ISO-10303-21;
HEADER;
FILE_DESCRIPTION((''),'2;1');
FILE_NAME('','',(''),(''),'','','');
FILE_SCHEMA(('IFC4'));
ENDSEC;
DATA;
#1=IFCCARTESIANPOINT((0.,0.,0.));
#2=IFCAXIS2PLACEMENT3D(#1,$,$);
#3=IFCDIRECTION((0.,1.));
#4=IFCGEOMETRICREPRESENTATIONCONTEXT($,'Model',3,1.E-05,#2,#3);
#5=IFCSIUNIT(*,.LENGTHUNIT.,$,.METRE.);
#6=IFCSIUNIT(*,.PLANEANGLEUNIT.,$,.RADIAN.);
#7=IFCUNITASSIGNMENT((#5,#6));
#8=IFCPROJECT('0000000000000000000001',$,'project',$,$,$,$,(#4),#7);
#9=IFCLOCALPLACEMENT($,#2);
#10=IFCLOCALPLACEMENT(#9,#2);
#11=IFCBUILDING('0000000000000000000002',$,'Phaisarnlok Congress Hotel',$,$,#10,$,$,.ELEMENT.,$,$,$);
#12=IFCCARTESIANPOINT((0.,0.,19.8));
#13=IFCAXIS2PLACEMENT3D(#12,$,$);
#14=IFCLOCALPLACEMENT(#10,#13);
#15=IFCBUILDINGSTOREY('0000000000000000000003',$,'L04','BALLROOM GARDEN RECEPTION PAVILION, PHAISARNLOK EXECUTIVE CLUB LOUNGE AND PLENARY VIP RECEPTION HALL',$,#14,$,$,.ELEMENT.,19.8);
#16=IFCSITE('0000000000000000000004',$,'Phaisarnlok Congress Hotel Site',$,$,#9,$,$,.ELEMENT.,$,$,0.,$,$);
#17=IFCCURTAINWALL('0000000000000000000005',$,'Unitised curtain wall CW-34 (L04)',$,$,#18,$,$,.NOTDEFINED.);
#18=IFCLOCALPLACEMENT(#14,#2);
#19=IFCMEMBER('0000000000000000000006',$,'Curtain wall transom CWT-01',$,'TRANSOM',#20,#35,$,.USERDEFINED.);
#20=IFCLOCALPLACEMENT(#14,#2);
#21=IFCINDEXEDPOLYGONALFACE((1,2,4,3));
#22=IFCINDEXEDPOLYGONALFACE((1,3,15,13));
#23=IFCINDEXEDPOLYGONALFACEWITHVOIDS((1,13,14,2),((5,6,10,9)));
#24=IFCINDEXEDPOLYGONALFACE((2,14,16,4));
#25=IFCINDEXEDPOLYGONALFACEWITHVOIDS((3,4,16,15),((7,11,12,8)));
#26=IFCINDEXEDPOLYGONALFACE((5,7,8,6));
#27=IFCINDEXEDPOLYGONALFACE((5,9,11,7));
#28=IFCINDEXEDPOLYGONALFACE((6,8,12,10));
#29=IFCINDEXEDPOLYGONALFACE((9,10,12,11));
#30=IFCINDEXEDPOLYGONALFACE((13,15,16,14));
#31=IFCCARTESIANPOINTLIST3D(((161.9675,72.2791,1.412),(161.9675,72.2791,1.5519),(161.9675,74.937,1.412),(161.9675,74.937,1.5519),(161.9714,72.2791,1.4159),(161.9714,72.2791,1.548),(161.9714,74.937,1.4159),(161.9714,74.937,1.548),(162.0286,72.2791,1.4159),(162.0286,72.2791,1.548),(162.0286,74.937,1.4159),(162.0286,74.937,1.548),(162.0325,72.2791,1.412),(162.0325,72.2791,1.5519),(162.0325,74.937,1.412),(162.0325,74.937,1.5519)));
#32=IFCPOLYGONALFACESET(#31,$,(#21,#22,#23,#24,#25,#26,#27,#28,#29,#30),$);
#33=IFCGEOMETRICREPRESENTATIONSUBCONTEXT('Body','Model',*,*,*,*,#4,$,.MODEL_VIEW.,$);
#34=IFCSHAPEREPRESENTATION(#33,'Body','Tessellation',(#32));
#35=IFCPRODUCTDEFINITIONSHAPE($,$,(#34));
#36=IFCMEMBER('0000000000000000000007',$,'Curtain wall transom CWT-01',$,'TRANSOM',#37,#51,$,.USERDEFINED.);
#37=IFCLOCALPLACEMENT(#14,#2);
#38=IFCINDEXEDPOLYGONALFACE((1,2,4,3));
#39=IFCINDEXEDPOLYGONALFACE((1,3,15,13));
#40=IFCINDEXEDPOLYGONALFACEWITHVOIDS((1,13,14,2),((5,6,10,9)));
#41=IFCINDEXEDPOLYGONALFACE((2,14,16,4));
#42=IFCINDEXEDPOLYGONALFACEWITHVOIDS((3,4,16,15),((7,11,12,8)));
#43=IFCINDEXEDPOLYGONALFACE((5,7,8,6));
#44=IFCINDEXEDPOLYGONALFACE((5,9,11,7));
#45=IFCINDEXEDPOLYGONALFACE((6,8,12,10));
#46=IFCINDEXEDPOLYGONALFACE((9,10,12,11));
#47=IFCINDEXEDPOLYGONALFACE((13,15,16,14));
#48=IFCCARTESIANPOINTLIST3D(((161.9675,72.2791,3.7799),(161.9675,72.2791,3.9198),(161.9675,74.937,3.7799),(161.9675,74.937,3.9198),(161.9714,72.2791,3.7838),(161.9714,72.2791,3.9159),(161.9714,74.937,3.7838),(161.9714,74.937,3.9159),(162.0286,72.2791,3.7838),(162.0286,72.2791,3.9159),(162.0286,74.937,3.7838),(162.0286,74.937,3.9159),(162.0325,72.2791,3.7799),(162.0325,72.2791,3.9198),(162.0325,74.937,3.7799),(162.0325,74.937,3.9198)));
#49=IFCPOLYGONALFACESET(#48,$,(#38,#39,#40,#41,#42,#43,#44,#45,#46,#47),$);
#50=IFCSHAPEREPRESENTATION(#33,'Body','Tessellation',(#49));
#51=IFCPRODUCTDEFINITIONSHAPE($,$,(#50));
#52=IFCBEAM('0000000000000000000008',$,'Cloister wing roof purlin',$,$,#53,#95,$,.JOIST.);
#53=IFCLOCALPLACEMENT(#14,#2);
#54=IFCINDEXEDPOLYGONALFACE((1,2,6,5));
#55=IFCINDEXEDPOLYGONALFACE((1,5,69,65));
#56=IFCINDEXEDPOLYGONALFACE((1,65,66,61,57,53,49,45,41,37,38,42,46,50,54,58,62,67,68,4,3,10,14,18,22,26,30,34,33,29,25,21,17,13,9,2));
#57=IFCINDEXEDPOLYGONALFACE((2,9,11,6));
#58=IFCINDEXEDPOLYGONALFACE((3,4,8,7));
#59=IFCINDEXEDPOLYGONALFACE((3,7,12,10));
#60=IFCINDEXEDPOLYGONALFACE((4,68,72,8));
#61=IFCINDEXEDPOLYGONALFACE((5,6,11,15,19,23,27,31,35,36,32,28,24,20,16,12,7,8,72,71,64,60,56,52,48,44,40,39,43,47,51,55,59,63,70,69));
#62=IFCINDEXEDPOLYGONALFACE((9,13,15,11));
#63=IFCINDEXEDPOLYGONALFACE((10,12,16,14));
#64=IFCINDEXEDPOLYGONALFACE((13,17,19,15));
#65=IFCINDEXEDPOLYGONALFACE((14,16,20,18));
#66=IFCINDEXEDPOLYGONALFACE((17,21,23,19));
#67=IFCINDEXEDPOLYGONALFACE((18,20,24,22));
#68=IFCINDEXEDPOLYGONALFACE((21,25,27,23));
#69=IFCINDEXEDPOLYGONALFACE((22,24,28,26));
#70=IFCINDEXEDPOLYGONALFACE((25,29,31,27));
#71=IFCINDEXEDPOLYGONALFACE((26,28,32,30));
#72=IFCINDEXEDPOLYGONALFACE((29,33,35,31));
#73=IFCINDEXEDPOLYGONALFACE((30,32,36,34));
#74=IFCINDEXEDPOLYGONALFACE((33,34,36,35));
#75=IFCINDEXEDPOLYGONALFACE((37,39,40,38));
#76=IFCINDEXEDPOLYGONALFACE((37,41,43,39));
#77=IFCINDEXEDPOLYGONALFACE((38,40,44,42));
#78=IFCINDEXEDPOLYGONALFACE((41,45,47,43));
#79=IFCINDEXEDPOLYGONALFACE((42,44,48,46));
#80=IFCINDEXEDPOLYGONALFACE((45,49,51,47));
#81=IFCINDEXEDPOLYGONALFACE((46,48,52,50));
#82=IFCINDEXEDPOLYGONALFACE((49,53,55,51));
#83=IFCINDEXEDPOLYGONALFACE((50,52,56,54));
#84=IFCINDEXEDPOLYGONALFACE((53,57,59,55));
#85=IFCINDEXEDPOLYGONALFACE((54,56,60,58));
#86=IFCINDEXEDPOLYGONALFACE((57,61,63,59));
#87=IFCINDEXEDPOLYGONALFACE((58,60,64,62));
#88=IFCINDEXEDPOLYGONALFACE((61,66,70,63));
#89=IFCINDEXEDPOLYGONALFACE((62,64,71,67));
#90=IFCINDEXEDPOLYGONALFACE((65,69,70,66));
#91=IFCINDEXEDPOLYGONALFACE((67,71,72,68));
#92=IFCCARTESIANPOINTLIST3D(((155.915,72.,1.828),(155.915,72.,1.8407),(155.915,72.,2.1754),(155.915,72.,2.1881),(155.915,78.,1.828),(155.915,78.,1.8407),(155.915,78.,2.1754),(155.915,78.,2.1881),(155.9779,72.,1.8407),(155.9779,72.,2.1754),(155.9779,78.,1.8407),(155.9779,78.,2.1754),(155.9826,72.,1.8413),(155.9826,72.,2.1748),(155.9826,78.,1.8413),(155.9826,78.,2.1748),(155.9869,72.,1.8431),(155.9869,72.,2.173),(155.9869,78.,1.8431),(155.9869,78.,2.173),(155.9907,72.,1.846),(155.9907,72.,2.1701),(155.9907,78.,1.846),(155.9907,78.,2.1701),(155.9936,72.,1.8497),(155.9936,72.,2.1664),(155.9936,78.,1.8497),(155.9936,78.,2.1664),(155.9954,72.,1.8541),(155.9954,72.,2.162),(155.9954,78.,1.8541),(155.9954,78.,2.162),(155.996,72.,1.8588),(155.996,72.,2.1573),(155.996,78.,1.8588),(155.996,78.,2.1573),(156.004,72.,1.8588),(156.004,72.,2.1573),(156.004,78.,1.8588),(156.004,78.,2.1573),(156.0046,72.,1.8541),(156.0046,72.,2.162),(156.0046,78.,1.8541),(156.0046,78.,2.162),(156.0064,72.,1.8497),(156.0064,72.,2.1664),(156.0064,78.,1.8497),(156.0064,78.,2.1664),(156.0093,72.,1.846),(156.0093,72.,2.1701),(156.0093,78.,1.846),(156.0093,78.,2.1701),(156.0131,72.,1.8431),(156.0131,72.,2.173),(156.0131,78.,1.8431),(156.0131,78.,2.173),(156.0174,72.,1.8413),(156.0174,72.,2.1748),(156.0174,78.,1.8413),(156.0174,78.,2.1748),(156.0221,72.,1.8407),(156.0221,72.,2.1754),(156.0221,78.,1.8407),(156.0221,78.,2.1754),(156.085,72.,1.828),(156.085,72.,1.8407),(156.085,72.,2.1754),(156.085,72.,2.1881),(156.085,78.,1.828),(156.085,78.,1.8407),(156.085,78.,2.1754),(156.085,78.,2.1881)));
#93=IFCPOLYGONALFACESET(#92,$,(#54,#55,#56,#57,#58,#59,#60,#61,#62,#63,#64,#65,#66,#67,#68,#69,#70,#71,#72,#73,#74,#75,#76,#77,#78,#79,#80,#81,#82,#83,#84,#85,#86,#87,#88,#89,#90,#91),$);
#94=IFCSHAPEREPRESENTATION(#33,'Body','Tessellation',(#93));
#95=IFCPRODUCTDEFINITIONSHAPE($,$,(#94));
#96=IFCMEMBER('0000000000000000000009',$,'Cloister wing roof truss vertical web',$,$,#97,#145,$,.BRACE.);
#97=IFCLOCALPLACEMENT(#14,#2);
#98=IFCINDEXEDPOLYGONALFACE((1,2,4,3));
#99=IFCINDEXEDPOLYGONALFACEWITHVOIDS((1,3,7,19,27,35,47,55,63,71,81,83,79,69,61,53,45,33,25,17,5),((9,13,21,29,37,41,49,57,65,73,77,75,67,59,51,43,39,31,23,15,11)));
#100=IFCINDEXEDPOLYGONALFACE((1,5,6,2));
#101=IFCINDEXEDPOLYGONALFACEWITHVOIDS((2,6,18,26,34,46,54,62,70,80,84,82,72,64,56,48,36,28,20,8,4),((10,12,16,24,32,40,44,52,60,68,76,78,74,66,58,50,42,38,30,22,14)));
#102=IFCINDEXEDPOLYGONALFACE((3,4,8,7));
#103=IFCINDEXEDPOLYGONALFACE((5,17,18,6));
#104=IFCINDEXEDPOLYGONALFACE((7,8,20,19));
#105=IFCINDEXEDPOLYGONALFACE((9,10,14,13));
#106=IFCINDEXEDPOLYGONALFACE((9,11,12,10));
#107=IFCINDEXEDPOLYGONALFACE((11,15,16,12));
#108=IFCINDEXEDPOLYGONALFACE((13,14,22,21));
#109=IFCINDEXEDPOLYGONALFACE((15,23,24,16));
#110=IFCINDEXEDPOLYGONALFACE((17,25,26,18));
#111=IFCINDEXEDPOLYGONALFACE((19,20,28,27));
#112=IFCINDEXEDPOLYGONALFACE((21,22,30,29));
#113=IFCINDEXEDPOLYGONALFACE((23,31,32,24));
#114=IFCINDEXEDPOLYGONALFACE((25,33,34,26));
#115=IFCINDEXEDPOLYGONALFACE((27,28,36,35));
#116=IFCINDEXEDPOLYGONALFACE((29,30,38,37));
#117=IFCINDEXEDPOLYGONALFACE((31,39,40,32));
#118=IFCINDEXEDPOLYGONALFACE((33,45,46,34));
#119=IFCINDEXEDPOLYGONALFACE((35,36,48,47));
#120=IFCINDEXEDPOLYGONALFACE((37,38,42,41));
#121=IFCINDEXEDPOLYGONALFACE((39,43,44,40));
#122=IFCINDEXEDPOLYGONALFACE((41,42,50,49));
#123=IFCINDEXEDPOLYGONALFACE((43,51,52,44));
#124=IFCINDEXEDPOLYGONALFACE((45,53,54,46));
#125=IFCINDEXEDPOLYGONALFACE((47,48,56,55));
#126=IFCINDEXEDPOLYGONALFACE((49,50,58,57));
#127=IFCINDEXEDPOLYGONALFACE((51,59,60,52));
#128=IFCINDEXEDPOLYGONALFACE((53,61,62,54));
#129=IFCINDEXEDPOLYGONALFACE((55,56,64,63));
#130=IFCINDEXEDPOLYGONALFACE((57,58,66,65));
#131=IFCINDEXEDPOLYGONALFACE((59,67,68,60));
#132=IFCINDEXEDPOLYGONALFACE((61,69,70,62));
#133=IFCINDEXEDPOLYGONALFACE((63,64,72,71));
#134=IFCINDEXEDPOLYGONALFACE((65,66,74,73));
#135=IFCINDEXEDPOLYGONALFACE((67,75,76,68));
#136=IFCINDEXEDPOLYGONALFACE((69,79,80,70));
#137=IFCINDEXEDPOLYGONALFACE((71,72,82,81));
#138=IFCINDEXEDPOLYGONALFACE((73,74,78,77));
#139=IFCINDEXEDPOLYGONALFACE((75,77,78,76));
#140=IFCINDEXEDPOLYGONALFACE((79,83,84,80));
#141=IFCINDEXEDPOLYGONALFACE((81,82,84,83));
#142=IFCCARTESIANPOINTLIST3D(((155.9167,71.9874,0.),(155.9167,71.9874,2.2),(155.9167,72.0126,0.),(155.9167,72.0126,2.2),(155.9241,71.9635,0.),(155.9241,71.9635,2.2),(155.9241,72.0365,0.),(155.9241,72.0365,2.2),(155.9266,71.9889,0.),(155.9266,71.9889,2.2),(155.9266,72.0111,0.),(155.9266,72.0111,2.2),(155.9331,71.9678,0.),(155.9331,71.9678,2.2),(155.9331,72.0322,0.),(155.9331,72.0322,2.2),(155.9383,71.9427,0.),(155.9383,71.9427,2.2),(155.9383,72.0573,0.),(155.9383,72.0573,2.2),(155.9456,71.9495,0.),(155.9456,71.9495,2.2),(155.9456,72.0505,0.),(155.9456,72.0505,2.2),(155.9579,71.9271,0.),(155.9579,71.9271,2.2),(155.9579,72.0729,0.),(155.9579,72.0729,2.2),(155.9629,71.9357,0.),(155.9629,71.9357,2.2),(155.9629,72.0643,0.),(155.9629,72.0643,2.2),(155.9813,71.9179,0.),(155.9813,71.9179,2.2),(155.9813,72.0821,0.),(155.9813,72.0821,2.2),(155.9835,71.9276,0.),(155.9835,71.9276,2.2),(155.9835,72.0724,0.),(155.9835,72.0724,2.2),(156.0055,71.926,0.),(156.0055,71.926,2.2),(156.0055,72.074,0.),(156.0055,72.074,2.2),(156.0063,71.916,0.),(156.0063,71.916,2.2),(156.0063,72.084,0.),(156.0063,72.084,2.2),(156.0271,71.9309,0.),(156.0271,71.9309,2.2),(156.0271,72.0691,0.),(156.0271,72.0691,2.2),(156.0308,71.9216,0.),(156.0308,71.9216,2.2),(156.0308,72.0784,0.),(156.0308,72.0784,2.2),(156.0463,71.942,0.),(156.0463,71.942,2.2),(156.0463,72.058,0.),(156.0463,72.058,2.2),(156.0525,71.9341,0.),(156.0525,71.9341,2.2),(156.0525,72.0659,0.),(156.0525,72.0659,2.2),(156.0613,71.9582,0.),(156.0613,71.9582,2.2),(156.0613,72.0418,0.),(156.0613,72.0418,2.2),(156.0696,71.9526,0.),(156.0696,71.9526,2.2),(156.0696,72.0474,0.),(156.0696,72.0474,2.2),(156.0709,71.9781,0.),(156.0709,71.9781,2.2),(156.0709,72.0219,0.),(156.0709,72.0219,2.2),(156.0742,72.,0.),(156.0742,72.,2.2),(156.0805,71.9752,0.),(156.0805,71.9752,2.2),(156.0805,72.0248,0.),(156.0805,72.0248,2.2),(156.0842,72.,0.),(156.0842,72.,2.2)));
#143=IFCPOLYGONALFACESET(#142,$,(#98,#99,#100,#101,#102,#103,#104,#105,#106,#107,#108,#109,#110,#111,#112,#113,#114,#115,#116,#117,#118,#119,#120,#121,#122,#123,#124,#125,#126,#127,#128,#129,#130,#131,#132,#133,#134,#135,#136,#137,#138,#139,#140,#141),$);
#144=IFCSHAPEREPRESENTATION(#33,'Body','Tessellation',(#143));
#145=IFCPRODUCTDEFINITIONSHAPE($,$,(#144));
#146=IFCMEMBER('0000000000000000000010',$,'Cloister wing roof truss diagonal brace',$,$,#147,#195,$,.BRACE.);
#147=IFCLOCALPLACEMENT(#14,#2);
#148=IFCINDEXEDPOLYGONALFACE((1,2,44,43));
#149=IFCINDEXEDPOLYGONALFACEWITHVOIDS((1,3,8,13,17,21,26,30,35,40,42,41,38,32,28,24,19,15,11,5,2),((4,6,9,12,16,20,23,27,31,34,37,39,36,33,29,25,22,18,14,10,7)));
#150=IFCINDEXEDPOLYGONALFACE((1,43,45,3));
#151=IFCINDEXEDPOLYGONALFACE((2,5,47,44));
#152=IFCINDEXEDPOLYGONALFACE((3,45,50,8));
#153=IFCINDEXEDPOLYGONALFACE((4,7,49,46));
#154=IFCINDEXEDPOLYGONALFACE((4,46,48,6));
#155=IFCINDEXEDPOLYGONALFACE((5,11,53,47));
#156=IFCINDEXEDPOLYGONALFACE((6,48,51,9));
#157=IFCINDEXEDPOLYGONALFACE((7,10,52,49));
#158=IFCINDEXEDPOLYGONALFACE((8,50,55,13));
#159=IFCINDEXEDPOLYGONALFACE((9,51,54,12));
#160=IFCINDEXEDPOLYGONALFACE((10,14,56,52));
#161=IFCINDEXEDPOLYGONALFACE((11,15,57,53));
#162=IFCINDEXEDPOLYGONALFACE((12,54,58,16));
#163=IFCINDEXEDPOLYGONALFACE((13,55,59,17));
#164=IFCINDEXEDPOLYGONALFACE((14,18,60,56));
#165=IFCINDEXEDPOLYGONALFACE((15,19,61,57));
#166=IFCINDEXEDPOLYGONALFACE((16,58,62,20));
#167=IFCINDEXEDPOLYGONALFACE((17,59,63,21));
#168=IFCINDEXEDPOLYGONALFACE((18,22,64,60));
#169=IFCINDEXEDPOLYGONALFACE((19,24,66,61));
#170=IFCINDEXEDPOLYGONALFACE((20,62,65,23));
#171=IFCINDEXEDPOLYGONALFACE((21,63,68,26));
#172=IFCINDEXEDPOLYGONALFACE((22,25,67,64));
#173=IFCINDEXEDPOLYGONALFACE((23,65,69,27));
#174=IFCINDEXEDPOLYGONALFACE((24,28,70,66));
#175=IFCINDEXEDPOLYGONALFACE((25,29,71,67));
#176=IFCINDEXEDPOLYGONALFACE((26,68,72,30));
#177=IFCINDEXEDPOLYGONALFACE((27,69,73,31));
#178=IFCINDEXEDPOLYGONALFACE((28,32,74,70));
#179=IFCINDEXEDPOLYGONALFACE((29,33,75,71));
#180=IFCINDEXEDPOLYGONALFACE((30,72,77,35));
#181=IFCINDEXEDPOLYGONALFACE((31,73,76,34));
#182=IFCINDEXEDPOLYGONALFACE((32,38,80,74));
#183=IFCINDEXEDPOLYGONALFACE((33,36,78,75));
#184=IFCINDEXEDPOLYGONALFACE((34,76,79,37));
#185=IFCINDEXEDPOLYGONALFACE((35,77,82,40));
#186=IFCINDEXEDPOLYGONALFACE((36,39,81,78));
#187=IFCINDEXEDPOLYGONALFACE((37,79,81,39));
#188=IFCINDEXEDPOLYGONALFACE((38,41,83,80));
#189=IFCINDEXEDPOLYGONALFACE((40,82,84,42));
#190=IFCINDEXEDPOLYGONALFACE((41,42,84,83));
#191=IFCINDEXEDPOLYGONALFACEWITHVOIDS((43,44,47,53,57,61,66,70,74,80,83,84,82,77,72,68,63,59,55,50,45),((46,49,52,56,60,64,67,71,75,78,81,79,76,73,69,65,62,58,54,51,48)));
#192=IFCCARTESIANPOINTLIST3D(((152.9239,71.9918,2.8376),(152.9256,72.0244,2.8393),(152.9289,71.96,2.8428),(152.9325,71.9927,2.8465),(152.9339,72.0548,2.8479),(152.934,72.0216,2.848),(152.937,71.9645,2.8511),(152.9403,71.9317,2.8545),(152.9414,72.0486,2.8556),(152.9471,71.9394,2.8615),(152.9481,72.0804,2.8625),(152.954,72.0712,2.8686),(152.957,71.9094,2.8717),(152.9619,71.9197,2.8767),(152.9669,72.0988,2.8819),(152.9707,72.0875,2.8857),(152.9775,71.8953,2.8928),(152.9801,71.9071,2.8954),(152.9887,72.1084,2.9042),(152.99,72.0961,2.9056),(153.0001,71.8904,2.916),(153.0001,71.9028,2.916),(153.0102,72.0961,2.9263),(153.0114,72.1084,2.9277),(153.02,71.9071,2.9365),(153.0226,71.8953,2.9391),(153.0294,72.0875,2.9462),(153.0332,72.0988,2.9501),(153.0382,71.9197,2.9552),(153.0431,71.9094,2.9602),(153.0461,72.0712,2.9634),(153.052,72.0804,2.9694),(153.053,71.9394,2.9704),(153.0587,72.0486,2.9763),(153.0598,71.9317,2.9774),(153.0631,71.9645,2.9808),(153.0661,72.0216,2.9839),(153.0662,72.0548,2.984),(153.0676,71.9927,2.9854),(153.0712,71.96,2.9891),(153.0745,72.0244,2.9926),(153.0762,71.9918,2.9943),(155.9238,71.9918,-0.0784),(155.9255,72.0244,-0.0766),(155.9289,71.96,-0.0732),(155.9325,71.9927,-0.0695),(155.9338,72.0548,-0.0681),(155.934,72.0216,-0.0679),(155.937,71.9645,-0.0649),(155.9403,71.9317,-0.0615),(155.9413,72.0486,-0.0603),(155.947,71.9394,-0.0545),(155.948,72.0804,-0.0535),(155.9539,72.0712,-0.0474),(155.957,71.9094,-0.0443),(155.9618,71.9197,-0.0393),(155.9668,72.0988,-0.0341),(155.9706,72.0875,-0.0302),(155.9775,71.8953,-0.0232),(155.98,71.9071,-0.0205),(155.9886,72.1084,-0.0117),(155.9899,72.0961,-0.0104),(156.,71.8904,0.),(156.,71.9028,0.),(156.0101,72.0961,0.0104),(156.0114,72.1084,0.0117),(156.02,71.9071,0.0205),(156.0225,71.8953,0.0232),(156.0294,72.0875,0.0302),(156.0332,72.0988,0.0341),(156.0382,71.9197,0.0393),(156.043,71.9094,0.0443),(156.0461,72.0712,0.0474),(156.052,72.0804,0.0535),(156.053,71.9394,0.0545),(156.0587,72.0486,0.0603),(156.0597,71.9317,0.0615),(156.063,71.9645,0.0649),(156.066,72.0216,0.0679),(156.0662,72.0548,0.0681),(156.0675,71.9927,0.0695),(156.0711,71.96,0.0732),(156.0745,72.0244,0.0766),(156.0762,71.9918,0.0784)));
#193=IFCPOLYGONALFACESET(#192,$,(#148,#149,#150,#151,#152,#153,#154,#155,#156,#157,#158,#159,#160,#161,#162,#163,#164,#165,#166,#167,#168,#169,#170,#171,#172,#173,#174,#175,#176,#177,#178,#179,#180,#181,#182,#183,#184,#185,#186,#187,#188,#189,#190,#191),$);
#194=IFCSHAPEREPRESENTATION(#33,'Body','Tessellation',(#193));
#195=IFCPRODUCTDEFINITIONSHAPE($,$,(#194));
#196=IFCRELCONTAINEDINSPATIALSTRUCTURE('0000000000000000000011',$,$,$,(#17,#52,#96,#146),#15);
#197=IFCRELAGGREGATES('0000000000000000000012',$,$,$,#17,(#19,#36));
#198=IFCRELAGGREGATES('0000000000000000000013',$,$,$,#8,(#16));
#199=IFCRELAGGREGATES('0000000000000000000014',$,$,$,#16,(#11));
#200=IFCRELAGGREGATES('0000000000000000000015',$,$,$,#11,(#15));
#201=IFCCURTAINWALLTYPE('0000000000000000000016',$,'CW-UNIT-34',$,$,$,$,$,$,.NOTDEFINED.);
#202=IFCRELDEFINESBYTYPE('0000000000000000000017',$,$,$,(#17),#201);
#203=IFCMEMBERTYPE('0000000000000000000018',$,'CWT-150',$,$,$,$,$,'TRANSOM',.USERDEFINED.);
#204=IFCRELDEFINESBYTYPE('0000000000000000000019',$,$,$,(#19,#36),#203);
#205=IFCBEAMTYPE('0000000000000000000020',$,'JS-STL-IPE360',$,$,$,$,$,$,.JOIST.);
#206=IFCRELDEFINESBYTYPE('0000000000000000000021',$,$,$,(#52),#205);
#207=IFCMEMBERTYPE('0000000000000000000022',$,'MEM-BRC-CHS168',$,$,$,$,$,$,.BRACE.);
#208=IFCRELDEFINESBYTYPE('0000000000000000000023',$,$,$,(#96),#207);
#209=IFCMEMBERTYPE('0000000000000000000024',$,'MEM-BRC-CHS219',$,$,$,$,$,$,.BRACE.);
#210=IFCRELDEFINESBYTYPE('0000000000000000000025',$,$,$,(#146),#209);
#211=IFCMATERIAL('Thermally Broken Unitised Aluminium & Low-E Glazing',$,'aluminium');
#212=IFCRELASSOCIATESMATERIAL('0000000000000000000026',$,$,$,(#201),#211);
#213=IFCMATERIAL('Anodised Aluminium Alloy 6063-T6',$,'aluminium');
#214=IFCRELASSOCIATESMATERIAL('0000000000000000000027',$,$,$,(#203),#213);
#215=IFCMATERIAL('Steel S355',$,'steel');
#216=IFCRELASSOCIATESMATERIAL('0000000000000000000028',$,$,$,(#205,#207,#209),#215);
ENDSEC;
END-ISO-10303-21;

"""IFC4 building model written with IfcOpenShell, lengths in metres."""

from ifc_helpers import new_model, si_unit, direction, frame, origin, origin_2d, place, context, subcontext, project, spatial, hollow_rectangle, hollow_circle, i_section, extrude, material, material_profile, profile_set, type_object, element, aggregate, save


model = new_model("IFC4")

# Units and contexts
model_context = context("Model", 3, precision=1e-05, world=origin(), true_north=direction((0.0, 1.0)))
body_context = subcontext(model_context, "Body", "Model", "MODEL_VIEW")
ifc_project = project(units=[si_unit("LENGTHUNIT", "METRE"), si_unit("PLANEANGLEUNIT", "RADIAN")], contexts=[model_context])

# Site, building, storey
site_placement = place(None, origin())
site = spatial("IfcSite", under=ifc_project, at=site_placement, Name="Phaisarnlok Congress Hotel Site", CompositionType="ELEMENT", RefElevation=0.0)
building_placement = place(site_placement, origin())
building = spatial("IfcBuilding", under=site, at=building_placement, Name="Phaisarnlok Congress Hotel", CompositionType="ELEMENT")
storey_placement = place(building_placement, frame((0.0, 0.0, 19.8)))
storey = spatial("IfcBuildingStorey", under=building, at=storey_placement, Name="L04", Description="BALLROOM GARDEN RECEPTION PAVILION, PHAISARNLOK EXECUTIVE CLUB LOUNGE AND PLENARY VIP RECEPTION HALL", CompositionType="ELEMENT", Elevation=19.8)

# Shared definitions
ifc_material_1 = material(Name="Steel S355", Category="steel")

# Curtain wall, members
ifc_material_2 = material(Name="Thermally Broken Unitised Aluminium & Low-E Glazing", Category="aluminium")
curtain_wall_type = type_object("IfcCurtainWallType", Name="CW-UNIT-34", PredefinedType="NOTDEFINED", material=ifc_material_2)
curtain_wall_placement = place(storey_placement, origin())
curtain_wall = element("IfcCurtainWall", 1, at=curtain_wall_placement, inside=storey, type_object=curtain_wall_type, Name="Unitised curtain wall CW-34 (L04)", PredefinedType="NOTDEFINED")
ifc_material_3 = material(Name="Anodised Aluminium Alloy 6063-T6", Category="aluminium")
ifc_material_profile_1 = material_profile(ifc_material_3, hollow_rectangle(XDim=0.0649, YDim=0.1399, WallThickness=0.0039, at=origin_2d()), Name="ALU-T 65x140x4")
ifc_profile_set_1 = profile_set([ifc_material_profile_1], Name="Anodised Aluminium Alloy 6063-T6")
member_type_1 = type_object("IfcMemberType", Name="CWT-150", ElementType="TRANSOM", PredefinedType="USERDEFINED", material=ifc_profile_set_1)
member_1_placement = place(storey_placement, frame((162.0, 74.937, 1.4819), z_axis=(0.0, -1.0, 0.0), x_axis=(1.0, 0.0, 0.0)))
member_1 = element("IfcMember", 2, at=member_1_placement, type_object=member_type_1, Name="Curtain wall transom CWT-01", ObjectType="TRANSOM", PredefinedType="USERDEFINED", context=body_context, shape_type="SweptSolid", body=[
    extrude(hollow_rectangle(XDim=0.0649, YDim=0.1399, WallThickness=0.0039, at=origin_2d()), origin(), (0.0, 0.0, 1.0), 2.658),
])
member_2_placement = place(storey_placement, frame((162.0, 74.937, 3.8499), z_axis=(0.0, -1.0, 0.0), x_axis=(1.0, 0.0, 0.0)))
member_2 = element("IfcMember", 3, at=member_2_placement, type_object=member_type_1, Name="Curtain wall transom CWT-01", ObjectType="TRANSOM", PredefinedType="USERDEFINED", context=body_context, shape_type="SweptSolid", body=[
    extrude(hollow_rectangle(XDim=0.0649, YDim=0.1399, WallThickness=0.0039, at=origin_2d()), origin(), (0.0, 0.0, 1.0), 2.658),
])

# Beam
ifc_material_profile_2 = material_profile(ifc_material_1, i_section(OverallWidth=0.1699, OverallDepth=0.3601, WebThickness=0.0081, FlangeThickness=0.0127, FilletRadius=0.0181, at=origin_2d()), Name="IPE 360")
ifc_profile_set_2 = profile_set([ifc_material_profile_2], Name="Steel S355")
beam_type_1 = type_object("IfcBeamType", Name="JS-STL-IPE360", PredefinedType="JOIST", material=ifc_profile_set_2)
beam_1_placement = place(storey_placement, frame((156.0, 72.0, 2.0081), z_axis=(0.0, 1.0, 0.0), x_axis=(-1.0, 0.0, 0.0)))
element("IfcBeam", 4, at=beam_1_placement, inside=storey, type_object=beam_type_1, Name="Cloister wing roof purlin", PredefinedType="JOIST", context=body_context, shape_type="SweptSolid", body=[
    extrude(i_section(OverallWidth=0.1699, OverallDepth=0.3601, WebThickness=0.0081, FlangeThickness=0.0127, FilletRadius=0.0181, at=origin_2d()), origin(), (0.0, 0.0, 1.0), 6.0),
])

# Members
ifc_material_profile_3 = material_profile(ifc_material_1, hollow_circle(Radius=0.0842, WallThickness=0.01, at=origin_2d()), Name="CHS 168.3x10")
ifc_profile_set_3 = profile_set([ifc_material_profile_3], Name="Steel S355")
member_type_2 = type_object("IfcMemberType", Name="MEM-BRC-CHS168", PredefinedType="BRACE", material=ifc_profile_set_3)
member_3_placement = place(storey_placement, frame((156.0, 72.0, 0.0), z_axis=(0.0, 0.0, 1.0), x_axis=(1.0, 0.0, 0.0)))
element("IfcMember", 5, at=member_3_placement, inside=storey, type_object=member_type_2, Name="Cloister wing roof truss vertical web", PredefinedType="BRACE", context=body_context, shape_type="SweptSolid", body=[
    extrude(hollow_circle(Radius=0.0842, WallThickness=0.01, at=origin_2d()), origin(), (0.0, 0.0, 1.0), 2.2),
])
ifc_material_profile_4 = material_profile(ifc_material_1, hollow_circle(Radius=0.1096, WallThickness=0.0125, at=origin_2d()), Name="CHS 219.1x12.5")
ifc_profile_set_4 = profile_set([ifc_material_profile_4], Name="Steel S355")
member_type_3 = type_object("IfcMemberType", Name="MEM-BRC-CHS219", PredefinedType="BRACE", material=ifc_profile_set_4)
member_4_placement = place(storey_placement, frame((156.0, 72.0, 0.0), z_axis=(-0.717073, 0.0, 0.696998), x_axis=(0.0, -1.0, 0.0)))
element("IfcMember", 6, at=member_4_placement, inside=storey, type_object=member_type_3, Name="Cloister wing roof truss diagonal brace", PredefinedType="BRACE", context=body_context, shape_type="SweptSolid", body=[
    extrude(hollow_circle(Radius=0.1096, WallThickness=0.0125, at=origin_2d()), origin(), (0.0, 0.0, 1.0), 4.1836),
])

aggregate(curtain_wall, [member_1, member_2])

save(model, "model.ifc")
